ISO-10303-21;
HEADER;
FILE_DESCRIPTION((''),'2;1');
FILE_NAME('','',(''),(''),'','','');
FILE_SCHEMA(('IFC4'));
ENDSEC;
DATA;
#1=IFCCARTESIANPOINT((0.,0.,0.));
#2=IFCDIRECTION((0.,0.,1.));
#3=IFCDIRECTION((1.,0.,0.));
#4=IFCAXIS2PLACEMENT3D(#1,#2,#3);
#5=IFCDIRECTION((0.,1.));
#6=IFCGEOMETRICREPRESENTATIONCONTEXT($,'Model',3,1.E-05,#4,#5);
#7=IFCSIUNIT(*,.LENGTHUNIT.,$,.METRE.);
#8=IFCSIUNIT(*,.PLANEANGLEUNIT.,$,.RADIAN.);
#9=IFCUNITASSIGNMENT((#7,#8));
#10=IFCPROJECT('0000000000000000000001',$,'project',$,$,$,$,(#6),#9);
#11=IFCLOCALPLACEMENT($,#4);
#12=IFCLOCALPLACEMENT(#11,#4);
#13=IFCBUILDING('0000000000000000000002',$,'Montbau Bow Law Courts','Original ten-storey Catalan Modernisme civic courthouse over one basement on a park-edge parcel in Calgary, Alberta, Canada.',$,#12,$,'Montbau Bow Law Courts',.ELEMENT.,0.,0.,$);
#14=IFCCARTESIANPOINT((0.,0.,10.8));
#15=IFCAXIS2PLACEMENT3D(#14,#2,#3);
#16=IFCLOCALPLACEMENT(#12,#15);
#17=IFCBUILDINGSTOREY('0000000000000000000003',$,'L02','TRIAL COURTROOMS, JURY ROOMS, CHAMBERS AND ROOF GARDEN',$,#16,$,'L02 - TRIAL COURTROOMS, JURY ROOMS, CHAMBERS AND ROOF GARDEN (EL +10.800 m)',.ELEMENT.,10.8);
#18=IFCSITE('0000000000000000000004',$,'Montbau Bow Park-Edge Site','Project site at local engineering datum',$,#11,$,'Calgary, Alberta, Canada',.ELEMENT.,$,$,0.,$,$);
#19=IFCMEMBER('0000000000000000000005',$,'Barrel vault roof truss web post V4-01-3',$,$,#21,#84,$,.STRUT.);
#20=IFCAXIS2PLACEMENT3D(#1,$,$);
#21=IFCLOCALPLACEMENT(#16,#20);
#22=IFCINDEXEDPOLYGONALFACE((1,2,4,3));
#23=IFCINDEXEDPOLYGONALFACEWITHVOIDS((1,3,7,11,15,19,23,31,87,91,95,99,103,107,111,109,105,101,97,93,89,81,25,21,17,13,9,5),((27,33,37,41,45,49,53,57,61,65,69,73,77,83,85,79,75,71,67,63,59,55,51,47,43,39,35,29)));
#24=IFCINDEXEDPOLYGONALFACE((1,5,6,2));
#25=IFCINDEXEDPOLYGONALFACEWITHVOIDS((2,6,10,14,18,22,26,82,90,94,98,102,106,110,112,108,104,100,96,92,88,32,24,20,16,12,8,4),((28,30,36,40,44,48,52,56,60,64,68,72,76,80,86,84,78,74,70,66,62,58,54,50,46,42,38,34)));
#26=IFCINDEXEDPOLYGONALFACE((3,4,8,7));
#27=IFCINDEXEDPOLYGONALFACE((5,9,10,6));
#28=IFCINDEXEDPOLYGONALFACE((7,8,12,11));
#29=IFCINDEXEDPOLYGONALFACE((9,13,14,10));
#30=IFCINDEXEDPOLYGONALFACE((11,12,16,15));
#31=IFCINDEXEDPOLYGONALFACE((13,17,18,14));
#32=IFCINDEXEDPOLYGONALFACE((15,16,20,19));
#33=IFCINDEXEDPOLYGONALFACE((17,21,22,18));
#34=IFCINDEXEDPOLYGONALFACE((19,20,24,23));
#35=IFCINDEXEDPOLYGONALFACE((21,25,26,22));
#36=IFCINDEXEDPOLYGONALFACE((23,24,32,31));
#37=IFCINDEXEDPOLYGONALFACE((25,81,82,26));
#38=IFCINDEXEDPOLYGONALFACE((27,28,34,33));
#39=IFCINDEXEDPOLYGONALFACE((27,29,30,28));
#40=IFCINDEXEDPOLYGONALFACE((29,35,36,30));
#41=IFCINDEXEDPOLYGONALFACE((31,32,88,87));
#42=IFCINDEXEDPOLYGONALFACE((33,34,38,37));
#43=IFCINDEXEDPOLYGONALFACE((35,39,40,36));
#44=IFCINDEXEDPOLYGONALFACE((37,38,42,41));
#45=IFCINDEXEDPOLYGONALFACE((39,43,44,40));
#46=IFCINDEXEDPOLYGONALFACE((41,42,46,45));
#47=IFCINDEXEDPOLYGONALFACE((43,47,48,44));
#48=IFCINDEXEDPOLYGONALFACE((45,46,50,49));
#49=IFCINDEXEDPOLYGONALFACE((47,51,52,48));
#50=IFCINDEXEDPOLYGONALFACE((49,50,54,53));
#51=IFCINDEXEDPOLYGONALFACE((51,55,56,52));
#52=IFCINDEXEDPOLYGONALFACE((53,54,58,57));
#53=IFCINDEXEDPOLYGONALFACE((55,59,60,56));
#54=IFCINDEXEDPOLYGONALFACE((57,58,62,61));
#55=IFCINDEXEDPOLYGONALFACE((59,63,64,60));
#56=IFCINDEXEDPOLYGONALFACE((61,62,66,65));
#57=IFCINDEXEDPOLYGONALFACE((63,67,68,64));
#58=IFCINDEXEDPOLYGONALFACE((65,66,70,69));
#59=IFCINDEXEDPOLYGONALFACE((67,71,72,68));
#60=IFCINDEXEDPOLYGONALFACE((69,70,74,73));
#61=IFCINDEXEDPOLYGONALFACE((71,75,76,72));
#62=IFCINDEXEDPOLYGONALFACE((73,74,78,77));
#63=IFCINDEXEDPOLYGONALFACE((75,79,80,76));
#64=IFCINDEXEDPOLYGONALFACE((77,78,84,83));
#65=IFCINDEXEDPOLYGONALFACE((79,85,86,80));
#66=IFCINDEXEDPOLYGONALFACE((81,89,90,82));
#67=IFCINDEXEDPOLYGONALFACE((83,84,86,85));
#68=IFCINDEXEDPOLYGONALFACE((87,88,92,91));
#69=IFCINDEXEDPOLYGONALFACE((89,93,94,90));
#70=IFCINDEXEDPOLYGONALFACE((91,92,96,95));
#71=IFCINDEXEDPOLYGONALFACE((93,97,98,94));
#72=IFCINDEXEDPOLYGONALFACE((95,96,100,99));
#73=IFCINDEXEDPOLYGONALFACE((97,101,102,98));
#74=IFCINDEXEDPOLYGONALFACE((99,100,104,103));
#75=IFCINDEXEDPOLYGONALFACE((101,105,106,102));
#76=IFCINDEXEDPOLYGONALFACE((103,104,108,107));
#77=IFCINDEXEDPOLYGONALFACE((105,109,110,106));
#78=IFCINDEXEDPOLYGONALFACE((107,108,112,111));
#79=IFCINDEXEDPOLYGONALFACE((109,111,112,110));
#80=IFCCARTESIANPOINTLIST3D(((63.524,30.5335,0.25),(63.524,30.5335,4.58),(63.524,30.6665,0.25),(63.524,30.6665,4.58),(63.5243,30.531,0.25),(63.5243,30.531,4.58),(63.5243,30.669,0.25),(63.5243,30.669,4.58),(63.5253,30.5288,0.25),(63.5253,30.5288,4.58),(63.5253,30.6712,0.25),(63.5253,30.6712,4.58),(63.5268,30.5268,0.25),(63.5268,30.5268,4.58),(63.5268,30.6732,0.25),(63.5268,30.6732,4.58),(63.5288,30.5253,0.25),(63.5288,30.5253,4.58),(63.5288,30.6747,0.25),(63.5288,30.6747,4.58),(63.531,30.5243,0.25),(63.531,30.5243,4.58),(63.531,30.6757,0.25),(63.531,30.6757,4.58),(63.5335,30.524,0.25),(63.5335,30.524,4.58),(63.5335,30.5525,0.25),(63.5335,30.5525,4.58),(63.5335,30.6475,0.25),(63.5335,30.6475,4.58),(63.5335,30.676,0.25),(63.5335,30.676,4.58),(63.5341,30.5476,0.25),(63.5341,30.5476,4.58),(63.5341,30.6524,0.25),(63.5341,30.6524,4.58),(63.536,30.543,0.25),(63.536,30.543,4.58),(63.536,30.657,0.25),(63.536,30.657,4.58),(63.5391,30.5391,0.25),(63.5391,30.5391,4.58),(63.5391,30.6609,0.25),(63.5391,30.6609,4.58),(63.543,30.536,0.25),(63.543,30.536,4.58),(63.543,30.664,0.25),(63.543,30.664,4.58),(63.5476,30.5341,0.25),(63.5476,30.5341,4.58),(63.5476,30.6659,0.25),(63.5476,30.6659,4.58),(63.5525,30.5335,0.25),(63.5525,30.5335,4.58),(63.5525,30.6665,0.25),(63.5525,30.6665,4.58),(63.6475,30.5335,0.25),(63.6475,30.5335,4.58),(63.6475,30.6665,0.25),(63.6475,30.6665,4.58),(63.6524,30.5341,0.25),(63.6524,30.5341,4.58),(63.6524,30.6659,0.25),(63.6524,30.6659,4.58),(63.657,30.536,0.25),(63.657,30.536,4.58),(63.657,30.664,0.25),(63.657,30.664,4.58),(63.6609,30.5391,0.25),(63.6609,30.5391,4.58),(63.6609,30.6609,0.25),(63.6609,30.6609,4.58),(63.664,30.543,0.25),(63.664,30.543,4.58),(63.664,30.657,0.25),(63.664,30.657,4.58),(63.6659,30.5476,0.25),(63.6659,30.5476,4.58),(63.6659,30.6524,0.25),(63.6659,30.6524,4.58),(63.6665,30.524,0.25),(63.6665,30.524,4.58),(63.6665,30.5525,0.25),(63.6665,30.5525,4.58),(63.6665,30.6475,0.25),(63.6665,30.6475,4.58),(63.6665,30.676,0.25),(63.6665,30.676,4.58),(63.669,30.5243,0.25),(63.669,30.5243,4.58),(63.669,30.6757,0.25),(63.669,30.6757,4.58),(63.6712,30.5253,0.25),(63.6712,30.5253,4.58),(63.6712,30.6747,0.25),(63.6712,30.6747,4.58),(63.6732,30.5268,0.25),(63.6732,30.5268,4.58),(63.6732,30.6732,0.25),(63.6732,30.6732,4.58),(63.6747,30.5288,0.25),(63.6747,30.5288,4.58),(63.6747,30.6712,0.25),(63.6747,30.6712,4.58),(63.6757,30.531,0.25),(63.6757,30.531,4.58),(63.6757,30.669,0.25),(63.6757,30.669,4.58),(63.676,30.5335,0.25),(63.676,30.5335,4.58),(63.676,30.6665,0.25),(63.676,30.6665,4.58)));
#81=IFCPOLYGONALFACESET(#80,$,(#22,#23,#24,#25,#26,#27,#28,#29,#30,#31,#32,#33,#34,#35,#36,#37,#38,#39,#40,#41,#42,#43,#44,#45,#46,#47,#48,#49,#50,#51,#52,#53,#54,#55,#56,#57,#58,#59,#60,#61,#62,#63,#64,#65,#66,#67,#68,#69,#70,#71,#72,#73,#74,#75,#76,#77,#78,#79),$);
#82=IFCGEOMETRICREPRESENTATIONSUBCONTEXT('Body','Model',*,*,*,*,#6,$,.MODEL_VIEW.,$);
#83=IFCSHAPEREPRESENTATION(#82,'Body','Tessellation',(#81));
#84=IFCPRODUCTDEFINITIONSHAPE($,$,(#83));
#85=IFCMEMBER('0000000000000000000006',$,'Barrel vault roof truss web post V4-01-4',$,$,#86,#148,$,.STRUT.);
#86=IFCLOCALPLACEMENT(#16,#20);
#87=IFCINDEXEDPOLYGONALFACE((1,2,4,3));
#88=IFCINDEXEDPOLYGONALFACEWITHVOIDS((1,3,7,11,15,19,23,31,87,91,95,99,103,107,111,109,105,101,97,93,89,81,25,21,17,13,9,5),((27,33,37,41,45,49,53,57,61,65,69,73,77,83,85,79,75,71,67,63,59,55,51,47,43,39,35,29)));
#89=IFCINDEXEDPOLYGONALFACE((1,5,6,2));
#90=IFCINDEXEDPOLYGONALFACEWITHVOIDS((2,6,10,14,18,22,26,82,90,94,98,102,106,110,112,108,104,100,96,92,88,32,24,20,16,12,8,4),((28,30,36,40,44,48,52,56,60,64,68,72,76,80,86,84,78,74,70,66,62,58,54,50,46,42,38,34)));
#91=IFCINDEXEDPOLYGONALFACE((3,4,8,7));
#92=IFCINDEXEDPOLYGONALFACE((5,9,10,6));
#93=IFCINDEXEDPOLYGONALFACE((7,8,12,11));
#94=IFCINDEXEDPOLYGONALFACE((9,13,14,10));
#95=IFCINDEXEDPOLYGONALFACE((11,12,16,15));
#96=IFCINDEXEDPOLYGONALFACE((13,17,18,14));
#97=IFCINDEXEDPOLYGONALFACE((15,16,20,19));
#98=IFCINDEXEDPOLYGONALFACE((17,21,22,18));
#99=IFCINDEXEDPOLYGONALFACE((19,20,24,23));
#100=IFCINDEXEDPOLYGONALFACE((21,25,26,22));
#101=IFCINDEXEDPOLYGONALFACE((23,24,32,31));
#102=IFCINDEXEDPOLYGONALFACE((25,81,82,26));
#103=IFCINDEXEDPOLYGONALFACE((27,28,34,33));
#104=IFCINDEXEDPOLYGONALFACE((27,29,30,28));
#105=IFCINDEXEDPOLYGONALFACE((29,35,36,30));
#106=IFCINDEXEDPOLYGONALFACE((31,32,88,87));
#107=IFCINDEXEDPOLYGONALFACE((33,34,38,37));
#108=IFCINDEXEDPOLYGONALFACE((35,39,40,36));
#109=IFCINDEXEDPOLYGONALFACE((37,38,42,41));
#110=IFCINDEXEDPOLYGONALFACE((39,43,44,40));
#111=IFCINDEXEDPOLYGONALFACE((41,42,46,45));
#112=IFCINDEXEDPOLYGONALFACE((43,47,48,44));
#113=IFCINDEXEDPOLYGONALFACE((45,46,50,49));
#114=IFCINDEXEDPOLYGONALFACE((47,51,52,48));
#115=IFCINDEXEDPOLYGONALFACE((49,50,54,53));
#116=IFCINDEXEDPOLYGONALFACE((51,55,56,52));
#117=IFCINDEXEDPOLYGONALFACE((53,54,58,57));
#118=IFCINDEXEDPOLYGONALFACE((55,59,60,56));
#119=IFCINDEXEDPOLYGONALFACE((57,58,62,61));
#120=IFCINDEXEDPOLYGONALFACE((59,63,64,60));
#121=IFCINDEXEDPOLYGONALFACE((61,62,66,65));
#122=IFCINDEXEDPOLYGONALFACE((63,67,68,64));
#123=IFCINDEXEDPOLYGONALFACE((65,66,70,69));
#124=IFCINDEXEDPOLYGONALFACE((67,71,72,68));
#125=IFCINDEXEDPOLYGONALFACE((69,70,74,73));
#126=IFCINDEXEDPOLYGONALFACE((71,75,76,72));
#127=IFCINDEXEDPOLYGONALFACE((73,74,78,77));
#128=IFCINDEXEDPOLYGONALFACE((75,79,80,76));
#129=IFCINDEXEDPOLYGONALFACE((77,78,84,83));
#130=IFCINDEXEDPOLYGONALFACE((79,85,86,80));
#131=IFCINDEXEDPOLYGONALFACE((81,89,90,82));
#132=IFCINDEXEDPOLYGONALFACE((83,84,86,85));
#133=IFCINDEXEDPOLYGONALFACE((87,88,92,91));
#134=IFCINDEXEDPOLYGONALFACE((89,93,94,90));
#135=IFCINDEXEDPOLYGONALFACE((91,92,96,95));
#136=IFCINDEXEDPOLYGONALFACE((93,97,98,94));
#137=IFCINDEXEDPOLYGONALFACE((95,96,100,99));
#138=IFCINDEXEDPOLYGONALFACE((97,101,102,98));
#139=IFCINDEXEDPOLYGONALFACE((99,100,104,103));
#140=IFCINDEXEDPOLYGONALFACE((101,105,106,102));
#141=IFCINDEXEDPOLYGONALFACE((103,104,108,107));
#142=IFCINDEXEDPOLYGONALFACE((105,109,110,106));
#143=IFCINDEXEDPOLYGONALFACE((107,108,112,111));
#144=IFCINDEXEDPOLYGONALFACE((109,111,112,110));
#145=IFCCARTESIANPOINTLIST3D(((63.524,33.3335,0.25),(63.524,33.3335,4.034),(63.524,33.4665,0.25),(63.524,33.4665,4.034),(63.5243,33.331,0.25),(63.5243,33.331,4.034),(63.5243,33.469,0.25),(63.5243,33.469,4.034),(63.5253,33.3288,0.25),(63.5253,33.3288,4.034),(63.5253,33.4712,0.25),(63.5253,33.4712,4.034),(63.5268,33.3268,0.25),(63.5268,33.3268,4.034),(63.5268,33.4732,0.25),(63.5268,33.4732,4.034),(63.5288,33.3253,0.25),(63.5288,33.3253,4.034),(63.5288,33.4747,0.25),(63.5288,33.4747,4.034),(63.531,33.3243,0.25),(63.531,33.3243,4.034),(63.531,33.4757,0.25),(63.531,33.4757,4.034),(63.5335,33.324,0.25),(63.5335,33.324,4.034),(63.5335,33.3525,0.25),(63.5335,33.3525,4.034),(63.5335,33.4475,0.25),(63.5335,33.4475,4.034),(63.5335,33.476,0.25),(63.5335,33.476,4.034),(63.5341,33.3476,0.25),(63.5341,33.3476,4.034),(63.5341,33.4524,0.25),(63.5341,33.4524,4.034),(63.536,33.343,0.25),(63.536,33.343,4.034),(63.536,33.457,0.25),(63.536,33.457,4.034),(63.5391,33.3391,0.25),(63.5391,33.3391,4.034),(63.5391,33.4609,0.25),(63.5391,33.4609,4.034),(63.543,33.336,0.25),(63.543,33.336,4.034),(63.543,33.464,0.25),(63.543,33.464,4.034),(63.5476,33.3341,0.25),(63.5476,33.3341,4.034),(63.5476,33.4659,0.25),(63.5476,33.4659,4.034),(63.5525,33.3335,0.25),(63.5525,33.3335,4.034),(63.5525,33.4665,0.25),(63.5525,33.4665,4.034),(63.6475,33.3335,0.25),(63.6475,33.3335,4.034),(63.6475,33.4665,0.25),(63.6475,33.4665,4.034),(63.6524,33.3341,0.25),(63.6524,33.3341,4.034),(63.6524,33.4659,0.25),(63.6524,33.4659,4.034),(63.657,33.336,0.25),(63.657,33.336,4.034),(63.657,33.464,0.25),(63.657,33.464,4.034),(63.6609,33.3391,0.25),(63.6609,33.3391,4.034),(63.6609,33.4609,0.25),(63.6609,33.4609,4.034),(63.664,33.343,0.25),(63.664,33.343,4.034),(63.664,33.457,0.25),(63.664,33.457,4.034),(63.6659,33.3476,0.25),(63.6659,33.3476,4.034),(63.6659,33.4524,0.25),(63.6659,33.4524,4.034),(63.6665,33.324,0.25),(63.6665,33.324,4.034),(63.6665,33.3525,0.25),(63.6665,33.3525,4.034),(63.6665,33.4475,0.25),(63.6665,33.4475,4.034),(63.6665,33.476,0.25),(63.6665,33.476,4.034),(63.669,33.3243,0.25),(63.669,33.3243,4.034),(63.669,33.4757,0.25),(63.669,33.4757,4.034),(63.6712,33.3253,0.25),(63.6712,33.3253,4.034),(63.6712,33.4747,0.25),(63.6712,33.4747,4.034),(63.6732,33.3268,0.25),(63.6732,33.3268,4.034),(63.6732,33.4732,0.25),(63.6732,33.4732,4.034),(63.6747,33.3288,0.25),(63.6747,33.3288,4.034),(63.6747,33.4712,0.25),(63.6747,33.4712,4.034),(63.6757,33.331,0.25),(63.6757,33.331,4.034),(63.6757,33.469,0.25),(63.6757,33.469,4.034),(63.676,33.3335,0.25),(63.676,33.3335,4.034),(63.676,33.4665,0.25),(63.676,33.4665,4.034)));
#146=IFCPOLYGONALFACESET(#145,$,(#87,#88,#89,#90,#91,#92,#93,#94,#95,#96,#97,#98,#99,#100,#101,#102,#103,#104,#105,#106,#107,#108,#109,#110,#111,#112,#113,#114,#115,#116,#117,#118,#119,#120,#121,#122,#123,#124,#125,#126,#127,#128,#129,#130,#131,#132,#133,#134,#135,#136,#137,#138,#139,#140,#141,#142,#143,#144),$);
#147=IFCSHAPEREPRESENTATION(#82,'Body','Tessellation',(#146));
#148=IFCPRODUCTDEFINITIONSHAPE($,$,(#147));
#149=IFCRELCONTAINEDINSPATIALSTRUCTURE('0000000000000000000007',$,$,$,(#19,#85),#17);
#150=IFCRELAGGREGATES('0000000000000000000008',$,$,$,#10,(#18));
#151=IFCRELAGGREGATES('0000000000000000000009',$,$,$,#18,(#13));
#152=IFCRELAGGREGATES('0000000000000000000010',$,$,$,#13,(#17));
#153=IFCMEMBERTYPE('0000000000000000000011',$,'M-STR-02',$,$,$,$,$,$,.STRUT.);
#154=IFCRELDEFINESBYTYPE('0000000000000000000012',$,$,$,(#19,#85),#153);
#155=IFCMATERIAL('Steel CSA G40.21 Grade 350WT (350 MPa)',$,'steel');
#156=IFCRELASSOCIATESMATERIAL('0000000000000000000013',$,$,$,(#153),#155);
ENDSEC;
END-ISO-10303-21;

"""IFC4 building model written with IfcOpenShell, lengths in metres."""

from ifc_helpers import new_model, si_unit, direction, frame, origin_with_axes, origin_2d_with_axis, place, context, subcontext, project, spatial, hollow_rectangle, extrude, material, material_profile, profile_set, type_object, element, save


model = new_model("IFC4")

# Units and contexts
model_context = context("Model", 3, precision=1e-05, world=origin_with_axes(), true_north=direction((0.0, 1.0)))
body_context = subcontext(model_context, "Body", "Model", "MODEL_VIEW")
ifc_project = project(units=[si_unit("LENGTHUNIT", "METRE"), si_unit("PLANEANGLEUNIT", "RADIAN")], contexts=[model_context])

# Site, building, storey
site_placement = place(None, origin_with_axes())
site = spatial("IfcSite", under=ifc_project, at=site_placement, Name="Montbau Bow Park-Edge Site", Description="Project site at local engineering datum", LongName="Calgary, Alberta, Canada", CompositionType="ELEMENT", RefElevation=0.0)
building_placement = place(site_placement, origin_with_axes())
building = spatial("IfcBuilding", under=site, at=building_placement, Name="Montbau Bow Law Courts", Description="Original ten-storey Catalan Modernisme civic courthouse over one basement on a park-edge parcel in Calgary, Alberta, Canada.", LongName="Montbau Bow Law Courts", CompositionType="ELEMENT", ElevationOfRefHeight=0.0, ElevationOfTerrain=0.0)
storey_placement = place(building_placement, frame((0.0, 0.0, 10.8), z_axis=(0.0, 0.0, 1.0), x_axis=(1.0, 0.0, 0.0)))
storey = spatial("IfcBuildingStorey", under=building, at=storey_placement, Name="L02", Description="TRIAL COURTROOMS, JURY ROOMS, CHAMBERS AND ROOF GARDEN", LongName="L02 - TRIAL COURTROOMS, JURY ROOMS, CHAMBERS AND ROOF GARDEN (EL +10.800 m)", CompositionType="ELEMENT", Elevation=10.8)

# Shared definitions
ifc_material_1 = material(Name="Steel CSA G40.21 Grade 350WT (350 MPa)", Category="steel")

# Members
ifc_material_profile_1 = material_profile(ifc_material_1, hollow_rectangle(XDim=0.152, YDim=0.152, WallThickness=0.0095, InnerFilletRadius=0.019, OuterFilletRadius=0.0095, at=origin_2d_with_axis()), Name="HSS152X152X9.5", Category="Main", Priority=0)
ifc_profile_set_1 = profile_set([ifc_material_profile_1], Name="Steel CSA G40.21 Grade 350WT (350 MPa)")
member_type_1 = type_object("IfcMemberType", Name="M-STR-02", PredefinedType="STRUT", material=ifc_profile_set_1)
member_1_placement = place(None, frame((63.6, 30.6, 11.05), z_axis=(0.0, 0.0, 1.0), x_axis=(1.0, 0.0, 0.0)))
element("IfcMember", 1, at=member_1_placement, inside=storey, type_object=member_type_1, Name="Barrel vault roof truss web post V4-01-3", PredefinedType="STRUT", context=body_context, shape_type="SweptSolid", body=[
    extrude(hollow_rectangle(XDim=0.152, YDim=0.152, WallThickness=0.0095, InnerFilletRadius=0.019, OuterFilletRadius=0.0095, at=origin_2d_with_axis()), origin_with_axes(), (0.0, 0.0, 1.0), 4.33),
])
member_2_placement = place(None, frame((63.6, 33.4, 11.05), z_axis=(0.0, 0.0, 1.0), x_axis=(1.0, 0.0, 0.0)))
element("IfcMember", 2, at=member_2_placement, inside=storey, type_object=member_type_1, Name="Barrel vault roof truss web post V4-01-4", PredefinedType="STRUT", context=body_context, shape_type="SweptSolid", body=[
    extrude(hollow_rectangle(XDim=0.152, YDim=0.152, WallThickness=0.0095, InnerFilletRadius=0.019, OuterFilletRadius=0.0095, at=origin_2d_with_axis()), origin_with_axes(), (0.0, 0.0, 1.0), 3.784),
])

save(model, "model.ifc")
